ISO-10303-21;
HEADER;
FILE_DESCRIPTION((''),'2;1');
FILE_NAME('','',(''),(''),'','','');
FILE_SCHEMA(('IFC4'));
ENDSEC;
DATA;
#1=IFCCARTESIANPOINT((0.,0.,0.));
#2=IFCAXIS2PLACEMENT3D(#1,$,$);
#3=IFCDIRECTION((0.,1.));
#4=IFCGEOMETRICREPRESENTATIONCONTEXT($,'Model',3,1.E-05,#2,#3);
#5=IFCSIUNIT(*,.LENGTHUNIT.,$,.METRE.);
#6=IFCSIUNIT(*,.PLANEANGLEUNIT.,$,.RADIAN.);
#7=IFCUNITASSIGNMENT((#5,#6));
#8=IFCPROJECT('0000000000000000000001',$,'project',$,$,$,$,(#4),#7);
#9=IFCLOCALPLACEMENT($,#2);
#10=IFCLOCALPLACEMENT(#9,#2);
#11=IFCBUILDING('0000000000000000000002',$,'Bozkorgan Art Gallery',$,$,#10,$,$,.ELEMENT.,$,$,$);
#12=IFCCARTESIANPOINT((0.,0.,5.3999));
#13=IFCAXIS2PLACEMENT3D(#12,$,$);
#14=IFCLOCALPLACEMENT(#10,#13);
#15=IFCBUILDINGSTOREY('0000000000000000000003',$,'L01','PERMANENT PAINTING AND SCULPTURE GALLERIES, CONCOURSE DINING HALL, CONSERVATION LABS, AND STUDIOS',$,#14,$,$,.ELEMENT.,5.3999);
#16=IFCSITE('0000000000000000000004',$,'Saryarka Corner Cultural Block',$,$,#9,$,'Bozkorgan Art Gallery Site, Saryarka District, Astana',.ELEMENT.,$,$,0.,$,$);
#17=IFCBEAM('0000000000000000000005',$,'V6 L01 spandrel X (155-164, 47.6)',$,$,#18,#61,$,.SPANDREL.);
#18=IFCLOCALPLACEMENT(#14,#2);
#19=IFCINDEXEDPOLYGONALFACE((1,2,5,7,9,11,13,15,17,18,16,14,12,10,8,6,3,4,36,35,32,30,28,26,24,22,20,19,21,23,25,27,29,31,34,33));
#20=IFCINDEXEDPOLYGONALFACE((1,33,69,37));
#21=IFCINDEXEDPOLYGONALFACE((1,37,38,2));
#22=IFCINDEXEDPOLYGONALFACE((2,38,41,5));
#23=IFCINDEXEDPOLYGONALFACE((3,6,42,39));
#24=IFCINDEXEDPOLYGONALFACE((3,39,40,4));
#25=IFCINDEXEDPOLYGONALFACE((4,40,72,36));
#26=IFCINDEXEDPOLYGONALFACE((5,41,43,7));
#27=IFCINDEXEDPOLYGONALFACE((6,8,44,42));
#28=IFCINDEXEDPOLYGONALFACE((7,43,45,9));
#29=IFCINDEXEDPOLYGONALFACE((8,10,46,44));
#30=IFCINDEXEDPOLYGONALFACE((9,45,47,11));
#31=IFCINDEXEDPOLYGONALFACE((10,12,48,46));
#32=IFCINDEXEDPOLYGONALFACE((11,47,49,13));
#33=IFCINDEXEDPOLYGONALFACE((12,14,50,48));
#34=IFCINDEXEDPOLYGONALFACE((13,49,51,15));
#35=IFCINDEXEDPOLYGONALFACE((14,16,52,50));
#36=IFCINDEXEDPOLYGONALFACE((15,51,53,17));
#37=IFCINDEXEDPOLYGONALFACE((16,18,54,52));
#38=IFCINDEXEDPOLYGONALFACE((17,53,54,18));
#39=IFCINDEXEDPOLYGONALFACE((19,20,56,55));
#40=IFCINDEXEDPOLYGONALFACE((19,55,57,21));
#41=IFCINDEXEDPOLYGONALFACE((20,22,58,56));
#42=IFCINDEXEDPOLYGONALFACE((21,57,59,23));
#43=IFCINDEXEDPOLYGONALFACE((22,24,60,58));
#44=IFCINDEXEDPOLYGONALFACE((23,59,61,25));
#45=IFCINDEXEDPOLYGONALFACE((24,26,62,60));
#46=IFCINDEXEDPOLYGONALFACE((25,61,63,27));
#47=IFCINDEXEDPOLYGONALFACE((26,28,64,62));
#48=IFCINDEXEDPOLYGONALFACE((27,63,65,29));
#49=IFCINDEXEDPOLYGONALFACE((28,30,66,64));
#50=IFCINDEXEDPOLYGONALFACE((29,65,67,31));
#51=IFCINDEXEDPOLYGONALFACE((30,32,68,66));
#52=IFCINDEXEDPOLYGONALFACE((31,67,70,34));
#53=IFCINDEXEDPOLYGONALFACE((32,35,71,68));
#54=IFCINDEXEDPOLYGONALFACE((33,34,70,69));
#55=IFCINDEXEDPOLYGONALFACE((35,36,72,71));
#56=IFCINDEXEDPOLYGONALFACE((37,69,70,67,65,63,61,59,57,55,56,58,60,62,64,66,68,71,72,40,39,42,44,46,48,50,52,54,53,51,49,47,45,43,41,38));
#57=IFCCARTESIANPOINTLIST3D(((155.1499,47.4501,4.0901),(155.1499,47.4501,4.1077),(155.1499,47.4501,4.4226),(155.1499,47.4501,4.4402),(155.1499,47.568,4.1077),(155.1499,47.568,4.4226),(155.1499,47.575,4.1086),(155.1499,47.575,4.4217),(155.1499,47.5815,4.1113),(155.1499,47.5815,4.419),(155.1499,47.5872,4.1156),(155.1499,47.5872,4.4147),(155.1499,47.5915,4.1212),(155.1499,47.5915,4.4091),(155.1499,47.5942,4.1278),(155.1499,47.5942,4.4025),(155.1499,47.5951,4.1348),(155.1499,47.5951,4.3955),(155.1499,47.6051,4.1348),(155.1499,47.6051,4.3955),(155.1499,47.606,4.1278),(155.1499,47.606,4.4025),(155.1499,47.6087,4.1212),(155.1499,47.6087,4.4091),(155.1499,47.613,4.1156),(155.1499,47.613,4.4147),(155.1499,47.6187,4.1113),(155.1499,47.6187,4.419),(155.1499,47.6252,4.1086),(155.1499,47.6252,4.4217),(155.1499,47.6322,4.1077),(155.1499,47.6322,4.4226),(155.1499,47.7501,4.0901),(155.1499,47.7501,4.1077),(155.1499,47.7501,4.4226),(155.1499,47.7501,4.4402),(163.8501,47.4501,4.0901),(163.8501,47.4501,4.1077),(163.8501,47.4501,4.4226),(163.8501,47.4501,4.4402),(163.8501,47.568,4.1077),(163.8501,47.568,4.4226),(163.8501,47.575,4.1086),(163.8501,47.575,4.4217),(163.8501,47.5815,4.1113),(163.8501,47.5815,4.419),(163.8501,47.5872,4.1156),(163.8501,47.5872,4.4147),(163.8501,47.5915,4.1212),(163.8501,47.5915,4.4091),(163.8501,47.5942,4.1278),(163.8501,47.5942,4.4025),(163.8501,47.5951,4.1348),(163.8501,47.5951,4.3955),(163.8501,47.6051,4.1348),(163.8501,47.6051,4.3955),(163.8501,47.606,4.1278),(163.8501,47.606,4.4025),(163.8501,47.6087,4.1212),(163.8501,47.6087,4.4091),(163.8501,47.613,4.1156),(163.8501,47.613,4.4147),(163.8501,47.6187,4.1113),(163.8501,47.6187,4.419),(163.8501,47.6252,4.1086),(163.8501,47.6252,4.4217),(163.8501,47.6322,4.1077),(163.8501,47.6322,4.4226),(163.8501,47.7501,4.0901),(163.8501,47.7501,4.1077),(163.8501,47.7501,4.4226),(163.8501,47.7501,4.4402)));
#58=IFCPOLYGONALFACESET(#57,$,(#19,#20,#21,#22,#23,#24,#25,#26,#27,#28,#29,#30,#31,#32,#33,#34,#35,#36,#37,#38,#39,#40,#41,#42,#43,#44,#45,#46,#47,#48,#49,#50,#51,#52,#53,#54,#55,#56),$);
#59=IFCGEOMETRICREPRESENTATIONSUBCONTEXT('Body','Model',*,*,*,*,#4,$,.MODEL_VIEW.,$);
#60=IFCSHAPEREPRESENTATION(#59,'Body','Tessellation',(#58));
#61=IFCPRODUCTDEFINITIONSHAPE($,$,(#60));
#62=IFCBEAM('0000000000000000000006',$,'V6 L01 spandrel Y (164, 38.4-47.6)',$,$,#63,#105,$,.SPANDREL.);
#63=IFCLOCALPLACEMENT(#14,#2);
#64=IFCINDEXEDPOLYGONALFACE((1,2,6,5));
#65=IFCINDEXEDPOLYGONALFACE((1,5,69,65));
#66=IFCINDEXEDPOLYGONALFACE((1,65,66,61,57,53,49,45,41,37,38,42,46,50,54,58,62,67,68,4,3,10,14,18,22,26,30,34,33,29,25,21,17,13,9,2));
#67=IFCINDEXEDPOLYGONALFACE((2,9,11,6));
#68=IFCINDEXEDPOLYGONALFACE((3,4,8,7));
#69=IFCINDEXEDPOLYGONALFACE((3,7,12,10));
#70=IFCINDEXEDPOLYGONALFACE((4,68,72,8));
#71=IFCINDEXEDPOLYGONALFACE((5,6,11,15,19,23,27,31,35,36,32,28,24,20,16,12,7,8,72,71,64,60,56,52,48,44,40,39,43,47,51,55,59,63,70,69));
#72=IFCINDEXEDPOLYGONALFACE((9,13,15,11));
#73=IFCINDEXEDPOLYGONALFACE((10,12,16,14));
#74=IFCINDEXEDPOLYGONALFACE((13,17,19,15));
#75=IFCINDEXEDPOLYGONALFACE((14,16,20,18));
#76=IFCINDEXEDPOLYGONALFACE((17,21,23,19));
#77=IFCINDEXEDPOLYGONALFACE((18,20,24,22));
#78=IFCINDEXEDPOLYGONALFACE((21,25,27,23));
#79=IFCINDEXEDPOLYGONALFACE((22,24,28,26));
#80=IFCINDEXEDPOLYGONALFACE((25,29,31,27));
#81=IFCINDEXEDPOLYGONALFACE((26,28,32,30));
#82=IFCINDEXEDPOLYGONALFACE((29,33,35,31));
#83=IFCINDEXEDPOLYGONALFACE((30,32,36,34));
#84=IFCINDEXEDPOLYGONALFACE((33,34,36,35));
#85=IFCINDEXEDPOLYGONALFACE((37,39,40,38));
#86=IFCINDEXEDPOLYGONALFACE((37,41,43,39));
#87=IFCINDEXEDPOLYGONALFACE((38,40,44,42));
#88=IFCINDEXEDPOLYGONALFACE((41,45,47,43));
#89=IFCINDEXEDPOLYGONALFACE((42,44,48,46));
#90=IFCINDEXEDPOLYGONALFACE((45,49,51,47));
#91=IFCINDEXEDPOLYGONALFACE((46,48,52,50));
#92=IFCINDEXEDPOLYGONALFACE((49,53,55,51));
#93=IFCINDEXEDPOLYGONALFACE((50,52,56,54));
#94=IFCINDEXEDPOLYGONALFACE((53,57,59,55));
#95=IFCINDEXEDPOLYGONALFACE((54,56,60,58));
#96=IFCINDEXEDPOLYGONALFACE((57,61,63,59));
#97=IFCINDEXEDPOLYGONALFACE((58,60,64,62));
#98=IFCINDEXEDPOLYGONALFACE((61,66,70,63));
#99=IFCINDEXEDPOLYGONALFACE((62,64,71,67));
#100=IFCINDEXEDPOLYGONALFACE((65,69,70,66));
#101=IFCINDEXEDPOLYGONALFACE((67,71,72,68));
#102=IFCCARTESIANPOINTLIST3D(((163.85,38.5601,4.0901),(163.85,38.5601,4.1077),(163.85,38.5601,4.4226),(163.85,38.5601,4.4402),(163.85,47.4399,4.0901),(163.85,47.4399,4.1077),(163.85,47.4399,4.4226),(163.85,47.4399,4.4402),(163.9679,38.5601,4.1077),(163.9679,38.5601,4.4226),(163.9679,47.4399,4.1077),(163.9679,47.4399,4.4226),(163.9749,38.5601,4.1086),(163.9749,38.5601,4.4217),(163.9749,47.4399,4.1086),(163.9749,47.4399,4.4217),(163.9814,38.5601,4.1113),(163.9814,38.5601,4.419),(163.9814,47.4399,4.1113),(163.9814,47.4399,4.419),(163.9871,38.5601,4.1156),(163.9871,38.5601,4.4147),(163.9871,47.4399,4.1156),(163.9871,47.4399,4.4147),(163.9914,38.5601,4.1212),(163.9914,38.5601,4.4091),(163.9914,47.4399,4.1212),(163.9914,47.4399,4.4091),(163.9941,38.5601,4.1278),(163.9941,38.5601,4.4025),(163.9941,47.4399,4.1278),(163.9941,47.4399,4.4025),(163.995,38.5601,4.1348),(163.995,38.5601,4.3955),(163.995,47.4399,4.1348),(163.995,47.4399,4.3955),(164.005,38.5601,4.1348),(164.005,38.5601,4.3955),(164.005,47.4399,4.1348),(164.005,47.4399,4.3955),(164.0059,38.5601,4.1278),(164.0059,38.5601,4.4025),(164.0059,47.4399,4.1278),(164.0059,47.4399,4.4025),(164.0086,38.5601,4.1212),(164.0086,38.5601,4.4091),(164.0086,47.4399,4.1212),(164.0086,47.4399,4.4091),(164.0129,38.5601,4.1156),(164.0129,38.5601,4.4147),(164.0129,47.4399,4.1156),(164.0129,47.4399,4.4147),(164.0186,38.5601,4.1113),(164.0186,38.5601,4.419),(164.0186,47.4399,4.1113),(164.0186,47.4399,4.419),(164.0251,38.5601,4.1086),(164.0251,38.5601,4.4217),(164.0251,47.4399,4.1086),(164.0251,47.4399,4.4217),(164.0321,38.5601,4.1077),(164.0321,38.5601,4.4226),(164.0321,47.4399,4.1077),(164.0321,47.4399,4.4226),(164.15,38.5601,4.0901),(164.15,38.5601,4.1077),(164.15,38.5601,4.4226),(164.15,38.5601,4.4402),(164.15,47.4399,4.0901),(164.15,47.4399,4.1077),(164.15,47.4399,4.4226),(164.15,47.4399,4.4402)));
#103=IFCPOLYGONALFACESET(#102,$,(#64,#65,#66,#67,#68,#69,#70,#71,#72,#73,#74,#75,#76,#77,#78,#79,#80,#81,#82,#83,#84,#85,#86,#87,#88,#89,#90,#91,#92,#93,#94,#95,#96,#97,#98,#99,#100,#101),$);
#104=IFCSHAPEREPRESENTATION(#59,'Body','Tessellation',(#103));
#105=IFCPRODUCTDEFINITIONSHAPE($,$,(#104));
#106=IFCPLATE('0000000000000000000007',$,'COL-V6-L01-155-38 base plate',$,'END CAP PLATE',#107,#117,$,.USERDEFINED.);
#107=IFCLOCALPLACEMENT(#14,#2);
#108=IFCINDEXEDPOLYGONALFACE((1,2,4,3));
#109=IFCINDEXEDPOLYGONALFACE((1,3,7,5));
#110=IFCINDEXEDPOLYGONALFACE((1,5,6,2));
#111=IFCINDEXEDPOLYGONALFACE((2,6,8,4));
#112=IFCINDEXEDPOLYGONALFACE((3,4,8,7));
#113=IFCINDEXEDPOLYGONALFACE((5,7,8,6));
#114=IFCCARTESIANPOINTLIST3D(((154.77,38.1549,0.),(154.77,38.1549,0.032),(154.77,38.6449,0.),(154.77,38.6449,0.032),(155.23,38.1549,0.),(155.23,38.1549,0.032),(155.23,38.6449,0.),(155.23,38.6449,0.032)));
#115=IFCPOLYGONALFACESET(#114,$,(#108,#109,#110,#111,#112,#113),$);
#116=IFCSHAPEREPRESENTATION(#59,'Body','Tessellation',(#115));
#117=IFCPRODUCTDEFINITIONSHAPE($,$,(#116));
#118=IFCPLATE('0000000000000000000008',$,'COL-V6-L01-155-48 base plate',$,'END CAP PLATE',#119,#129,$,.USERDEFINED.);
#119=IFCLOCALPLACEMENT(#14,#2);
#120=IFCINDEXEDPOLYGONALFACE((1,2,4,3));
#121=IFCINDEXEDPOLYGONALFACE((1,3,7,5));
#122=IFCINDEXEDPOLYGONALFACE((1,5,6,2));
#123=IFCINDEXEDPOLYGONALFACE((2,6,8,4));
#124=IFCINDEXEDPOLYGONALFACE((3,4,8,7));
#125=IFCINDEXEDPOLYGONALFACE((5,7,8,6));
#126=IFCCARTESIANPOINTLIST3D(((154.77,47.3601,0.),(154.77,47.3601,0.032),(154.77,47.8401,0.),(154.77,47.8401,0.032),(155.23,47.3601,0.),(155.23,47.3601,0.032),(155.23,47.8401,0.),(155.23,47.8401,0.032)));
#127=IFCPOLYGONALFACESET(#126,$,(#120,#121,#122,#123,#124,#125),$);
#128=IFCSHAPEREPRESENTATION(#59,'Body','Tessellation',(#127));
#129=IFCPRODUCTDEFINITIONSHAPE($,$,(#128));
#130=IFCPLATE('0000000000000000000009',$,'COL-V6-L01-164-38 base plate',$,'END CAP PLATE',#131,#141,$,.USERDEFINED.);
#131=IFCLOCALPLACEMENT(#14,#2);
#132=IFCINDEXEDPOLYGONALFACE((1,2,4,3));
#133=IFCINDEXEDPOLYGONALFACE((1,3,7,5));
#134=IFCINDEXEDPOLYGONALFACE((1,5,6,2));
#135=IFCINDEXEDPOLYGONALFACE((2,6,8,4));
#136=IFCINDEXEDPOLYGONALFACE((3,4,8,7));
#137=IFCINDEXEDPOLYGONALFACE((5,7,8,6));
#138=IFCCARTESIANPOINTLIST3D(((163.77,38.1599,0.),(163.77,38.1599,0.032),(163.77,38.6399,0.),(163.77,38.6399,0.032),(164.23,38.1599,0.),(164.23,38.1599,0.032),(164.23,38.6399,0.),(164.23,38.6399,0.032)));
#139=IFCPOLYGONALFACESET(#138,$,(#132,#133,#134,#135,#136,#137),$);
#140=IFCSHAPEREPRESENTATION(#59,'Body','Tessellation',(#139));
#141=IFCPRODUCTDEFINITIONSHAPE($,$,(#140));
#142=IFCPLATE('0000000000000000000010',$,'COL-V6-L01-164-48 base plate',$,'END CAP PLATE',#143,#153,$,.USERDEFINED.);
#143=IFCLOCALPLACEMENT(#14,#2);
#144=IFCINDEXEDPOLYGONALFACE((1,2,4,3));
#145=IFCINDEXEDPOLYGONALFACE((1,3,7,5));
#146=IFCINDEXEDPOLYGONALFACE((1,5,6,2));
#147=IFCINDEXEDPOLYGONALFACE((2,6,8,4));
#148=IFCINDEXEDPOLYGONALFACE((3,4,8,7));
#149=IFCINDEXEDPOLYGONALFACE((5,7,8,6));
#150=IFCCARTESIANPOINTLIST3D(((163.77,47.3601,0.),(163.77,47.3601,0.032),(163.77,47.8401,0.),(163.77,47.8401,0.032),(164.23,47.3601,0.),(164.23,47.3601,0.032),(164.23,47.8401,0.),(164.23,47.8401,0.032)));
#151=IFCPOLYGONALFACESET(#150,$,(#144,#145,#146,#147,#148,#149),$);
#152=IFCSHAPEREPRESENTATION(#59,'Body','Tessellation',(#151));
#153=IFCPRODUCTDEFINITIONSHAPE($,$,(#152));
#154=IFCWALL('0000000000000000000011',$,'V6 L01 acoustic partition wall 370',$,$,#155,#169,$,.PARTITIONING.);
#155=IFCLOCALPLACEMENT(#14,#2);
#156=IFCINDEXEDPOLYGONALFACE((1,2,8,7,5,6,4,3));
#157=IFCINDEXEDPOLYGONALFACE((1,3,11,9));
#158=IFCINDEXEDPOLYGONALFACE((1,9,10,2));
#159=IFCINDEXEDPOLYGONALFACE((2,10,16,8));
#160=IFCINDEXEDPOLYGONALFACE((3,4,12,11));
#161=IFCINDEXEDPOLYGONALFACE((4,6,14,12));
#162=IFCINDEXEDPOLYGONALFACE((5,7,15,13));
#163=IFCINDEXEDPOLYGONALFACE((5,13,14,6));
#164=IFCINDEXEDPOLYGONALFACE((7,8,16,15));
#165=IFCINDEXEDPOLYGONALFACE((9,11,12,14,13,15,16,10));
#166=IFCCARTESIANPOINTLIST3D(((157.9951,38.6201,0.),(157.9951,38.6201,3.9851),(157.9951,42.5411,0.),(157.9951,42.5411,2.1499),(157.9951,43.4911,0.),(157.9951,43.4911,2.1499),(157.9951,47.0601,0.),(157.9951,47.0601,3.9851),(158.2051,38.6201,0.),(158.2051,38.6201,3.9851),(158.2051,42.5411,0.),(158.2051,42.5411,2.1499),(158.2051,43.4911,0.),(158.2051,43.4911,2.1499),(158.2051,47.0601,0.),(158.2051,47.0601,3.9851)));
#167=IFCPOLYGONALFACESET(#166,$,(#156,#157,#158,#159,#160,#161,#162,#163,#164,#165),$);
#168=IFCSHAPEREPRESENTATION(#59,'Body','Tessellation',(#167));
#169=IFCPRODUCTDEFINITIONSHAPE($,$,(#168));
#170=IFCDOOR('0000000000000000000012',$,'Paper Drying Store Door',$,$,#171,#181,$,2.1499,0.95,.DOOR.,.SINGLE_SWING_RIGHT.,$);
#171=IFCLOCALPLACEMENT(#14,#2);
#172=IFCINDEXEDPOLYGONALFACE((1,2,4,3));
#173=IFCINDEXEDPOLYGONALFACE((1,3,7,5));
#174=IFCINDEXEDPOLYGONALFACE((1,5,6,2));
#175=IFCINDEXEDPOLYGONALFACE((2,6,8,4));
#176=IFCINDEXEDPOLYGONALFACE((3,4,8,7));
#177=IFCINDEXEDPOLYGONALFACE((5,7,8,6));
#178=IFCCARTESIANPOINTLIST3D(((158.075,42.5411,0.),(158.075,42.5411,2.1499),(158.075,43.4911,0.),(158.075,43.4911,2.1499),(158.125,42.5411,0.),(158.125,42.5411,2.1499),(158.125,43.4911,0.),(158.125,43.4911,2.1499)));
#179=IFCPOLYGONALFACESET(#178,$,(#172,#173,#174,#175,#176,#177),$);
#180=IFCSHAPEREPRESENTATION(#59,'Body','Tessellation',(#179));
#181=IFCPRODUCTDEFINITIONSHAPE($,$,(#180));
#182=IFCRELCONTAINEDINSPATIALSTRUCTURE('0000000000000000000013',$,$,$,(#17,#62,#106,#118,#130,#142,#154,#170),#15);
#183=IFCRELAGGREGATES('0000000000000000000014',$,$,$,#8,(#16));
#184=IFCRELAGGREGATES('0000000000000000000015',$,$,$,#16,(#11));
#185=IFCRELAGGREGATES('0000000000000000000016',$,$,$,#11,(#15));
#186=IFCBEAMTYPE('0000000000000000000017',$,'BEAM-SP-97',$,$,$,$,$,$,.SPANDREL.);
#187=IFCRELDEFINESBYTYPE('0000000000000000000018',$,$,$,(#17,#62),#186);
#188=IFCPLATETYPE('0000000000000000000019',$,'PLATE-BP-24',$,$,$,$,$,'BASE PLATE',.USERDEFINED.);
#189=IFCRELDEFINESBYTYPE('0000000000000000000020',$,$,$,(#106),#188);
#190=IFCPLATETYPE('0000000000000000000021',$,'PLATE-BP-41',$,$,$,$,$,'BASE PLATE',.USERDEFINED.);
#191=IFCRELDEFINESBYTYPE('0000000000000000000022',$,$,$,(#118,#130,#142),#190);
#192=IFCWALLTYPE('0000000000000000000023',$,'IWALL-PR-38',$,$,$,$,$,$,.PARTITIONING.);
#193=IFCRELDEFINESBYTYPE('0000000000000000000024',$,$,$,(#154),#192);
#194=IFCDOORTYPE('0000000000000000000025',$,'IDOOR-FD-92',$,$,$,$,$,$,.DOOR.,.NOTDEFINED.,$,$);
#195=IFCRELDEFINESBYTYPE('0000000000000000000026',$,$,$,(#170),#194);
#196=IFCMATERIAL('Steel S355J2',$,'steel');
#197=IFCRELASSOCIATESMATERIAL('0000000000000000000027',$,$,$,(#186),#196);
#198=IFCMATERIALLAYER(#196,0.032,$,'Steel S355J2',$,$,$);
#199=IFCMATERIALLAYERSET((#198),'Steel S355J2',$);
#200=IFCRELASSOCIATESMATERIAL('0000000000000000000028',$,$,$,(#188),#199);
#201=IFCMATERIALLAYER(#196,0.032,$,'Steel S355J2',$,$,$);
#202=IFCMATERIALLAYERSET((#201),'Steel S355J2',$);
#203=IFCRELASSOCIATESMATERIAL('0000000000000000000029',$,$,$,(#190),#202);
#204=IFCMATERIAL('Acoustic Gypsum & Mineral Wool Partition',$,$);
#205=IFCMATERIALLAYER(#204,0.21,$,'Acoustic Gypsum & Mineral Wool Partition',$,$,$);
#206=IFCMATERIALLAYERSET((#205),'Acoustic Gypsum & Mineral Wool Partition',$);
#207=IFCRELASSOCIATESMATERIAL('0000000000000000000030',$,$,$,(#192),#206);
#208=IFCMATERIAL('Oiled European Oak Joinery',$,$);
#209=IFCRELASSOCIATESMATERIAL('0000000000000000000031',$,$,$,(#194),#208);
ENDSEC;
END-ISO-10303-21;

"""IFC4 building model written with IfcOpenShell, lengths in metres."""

from ifc_helpers import new_model, si_unit, direction, frame, frame_2d, origin, origin_2d, place, context, subcontext, project, spatial, rectangle, i_section, extrude, material, layer, layer_set, material_profile, profile_set, type_object, element, fill, save


model = new_model("IFC4")

# Units and contexts
model_context = context("Model", 3, precision=1e-05, world=origin(), true_north=direction((0.0, 1.0)))
body_context = subcontext(model_context, "Body", "Model", "MODEL_VIEW")
ifc_project = project(units=[si_unit("LENGTHUNIT", "METRE"), si_unit("PLANEANGLEUNIT", "RADIAN")], contexts=[model_context])

# Site, building, storey
site_placement = place(None, origin())
site = spatial("IfcSite", under=ifc_project, at=site_placement, Name="Saryarka Corner Cultural Block", LongName="Bozkorgan Art Gallery Site, Saryarka District, Astana", CompositionType="ELEMENT", RefElevation=0.0)
building_placement = place(site_placement, origin())
building = spatial("IfcBuilding", under=site, at=building_placement, Name="Bozkorgan Art Gallery", CompositionType="ELEMENT")
storey_placement = place(building_placement, frame((0.0, 0.0, 5.3999)))
storey = spatial("IfcBuildingStorey", under=building, at=storey_placement, Name="L01", Description="PERMANENT PAINTING AND SCULPTURE GALLERIES, CONCOURSE DINING HALL, CONSERVATION LABS, AND STUDIOS", CompositionType="ELEMENT", Elevation=5.3999)

# Shared definitions
ifc_material_1 = material(Name="Steel S355J2", Category="steel")

# Beams
ifc_material_profile_1 = material_profile(ifc_material_1, i_section(OverallWidth=0.3, OverallDepth=0.3501, WebThickness=0.01, FlangeThickness=0.0176, FilletRadius=0.0271, at=origin_2d()), Name="HEA 360")
ifc_profile_set_1 = profile_set([ifc_material_profile_1], Name="Steel S355J2")
beam_type_1 = type_object("IfcBeamType", Name="BEAM-SP-97", PredefinedType="SPANDREL", material=ifc_profile_set_1)
beam_1_placement = place(storey_placement, frame((155.1499, 47.6001, 4.2651), z_axis=(1.0, 0.0, 0.0), x_axis=(0.0, 1.0, 0.0)))
element("IfcBeam", 1, at=beam_1_placement, inside=storey, type_object=beam_type_1, Name="V6 L01 spandrel X (155-164, 47.6)", PredefinedType="SPANDREL", context=body_context, shape_type="SweptSolid", body=[
    extrude(i_section(OverallWidth=0.3, OverallDepth=0.3501, WebThickness=0.01, FlangeThickness=0.0176, FilletRadius=0.0271, at=origin_2d()), origin(), (0.0, 0.0, 1.0), 8.7002),
])
beam_2_placement = place(storey_placement, frame((164.0, 38.5601, 4.2651), z_axis=(0.0, 1.0, 0.0), x_axis=(-1.0, 0.0, 0.0)))
element("IfcBeam", 2, at=beam_2_placement, inside=storey, type_object=beam_type_1, Name="V6 L01 spandrel Y (164, 38.4-47.6)", PredefinedType="SPANDREL", context=body_context, shape_type="SweptSolid", body=[
    extrude(i_section(OverallWidth=0.3, OverallDepth=0.3501, WebThickness=0.01, FlangeThickness=0.0176, FilletRadius=0.0271, at=origin_2d()), origin(), (0.0, 0.0, 1.0), 8.8799),
])

# Plates
ifc_layer_1 = layer(ifc_material_1, 0.032, Name="Steel S355J2")
ifc_layer_set_1 = layer_set([ifc_layer_1], Name="Steel S355J2")
plate_type_1 = type_object("IfcPlateType", Name="PLATE-BP-24", ElementType="BASE PLATE", PredefinedType="USERDEFINED", material=ifc_layer_set_1)
plate_placement = place(storey_placement, frame((155.0, 38.3999, 0.0), z_axis=(0.0, 0.0, 1.0), x_axis=(1.0, 0.0, 0.0)))
element("IfcPlate", 3, at=plate_placement, inside=storey, type_object=plate_type_1, Name="COL-V6-L01-155-38 base plate", ObjectType="END CAP PLATE", PredefinedType="USERDEFINED", context=body_context, shape_type="SweptSolid", body=[
    extrude(rectangle(XDim=0.46, YDim=0.49, at=origin_2d()), origin(), (0.0, 0.0, 1.0), 0.032),
])
ifc_layer_2 = layer(ifc_material_1, 0.032, Name="Steel S355J2")
ifc_layer_set_2 = layer_set([ifc_layer_2], Name="Steel S355J2")
plate_type_2 = type_object("IfcPlateType", Name="PLATE-BP-41", ElementType="BASE PLATE", PredefinedType="USERDEFINED", material=ifc_layer_set_2)
for number, where, z_axis, x_axis, name in (
    (4, (155.0, 47.6001, 0.0), (0.0, 0.0, 1.0), (1.0, 0.0, 0.0), "COL-V6-L01-155-48 base plate"),
    (5, (164.0, 38.3999, 0.0), (0.0, 0.0, 1.0), (1.0, 0.0, 0.0), "COL-V6-L01-164-38 base plate"),
    (6, (164.0, 47.6001, 0.0), (0.0, 0.0, 1.0), (1.0, 0.0, 0.0), "COL-V6-L01-164-48 base plate"),
):
    element("IfcPlate", number, at=place(storey_placement, frame(where, z_axis=z_axis, x_axis=x_axis)), inside=storey, type_object=plate_type_2, Name=name, ObjectType="END CAP PLATE", PredefinedType="USERDEFINED", context=body_context, shape_type="SweptSolid", body=[
        extrude(rectangle(XDim=0.46, YDim=0.48, at=origin_2d()), origin(), (0.0, 0.0, 1.0), 0.032),
    ])

# Wall, opening, door
ifc_material_2 = material(Name="Acoustic Gypsum & Mineral Wool Partition")
ifc_layer_3 = layer(ifc_material_2, 0.21, Name="Acoustic Gypsum & Mineral Wool Partition")
ifc_layer_set_3 = layer_set([ifc_layer_3], Name="Acoustic Gypsum & Mineral Wool Partition")
wall_type_1 = type_object("IfcWallType", Name="IWALL-PR-38", PredefinedType="PARTITIONING", material=ifc_layer_set_3)
wall_1_placement = place(storey_placement, frame((158.1001, 38.6201, 0.0), z_axis=(0.0, 0.0, 1.0), x_axis=(0.0, 1.0, 0.0)))
wall_1 = element("IfcWall", 7, at=wall_1_placement, inside=storey, type_object=wall_type_1, Name="V6 L01 acoustic partition wall 370", PredefinedType="PARTITIONING", context=body_context, shape_type="SweptSolid", body=[
    extrude(rectangle(XDim=8.4399, YDim=0.21, at=frame_2d((4.22, 0.0))), origin(), (0.0, 0.0, 1.0), 3.9851),
])
opening_1_placement = place(wall_1_placement, frame((4.8711, 0.0, 0.0), z_axis=(0.0, 0.0, 1.0), x_axis=(-1.0, 0.0, 0.0)))
opening_1 = element("IfcOpeningElement", 8, at=opening_1_placement, cuts=wall_1, PredefinedType="OPENING", context=body_context, shape_type="SweptSolid", body=[
    extrude(rectangle(XDim=0.95, YDim=2.1499, at=frame_2d((0.4751, 1.075))), frame((0.0, 0.115, 0.0), z_axis=(0.0, -1.0, 0.0), x_axis=(1.0, 0.0, 0.0)), (0.0, 0.0, 1.0), 0.23),
])
ifc_material_3 = material(Name="Oiled European Oak Joinery")
door_type_1 = type_object("IfcDoorType", Name="IDOOR-FD-92", OperationType="NOTDEFINED", PredefinedType="DOOR", material=ifc_material_3)
door_1_placement = place(opening_1_placement, origin())
door_1 = element("IfcDoor", 9, at=door_1_placement, inside=storey, type_object=door_type_1, Name="Paper Drying Store Door", OperationType="SINGLE_SWING_RIGHT", OverallHeight=2.1499, OverallWidth=0.95, PredefinedType="DOOR", context=body_context, shape_type="SweptSolid", body=[
    extrude(rectangle(XDim=0.95, YDim=2.1499, at=frame_2d((0.4751, 1.075))), frame((0.0, 0.0249, 0.0), z_axis=(0.0, -1.0, 0.0), x_axis=(1.0, 0.0, 0.0)), (0.0, 0.0, 1.0), 0.05),
])
fill(opening_1, door_1)

save(model, "model.ifc")
